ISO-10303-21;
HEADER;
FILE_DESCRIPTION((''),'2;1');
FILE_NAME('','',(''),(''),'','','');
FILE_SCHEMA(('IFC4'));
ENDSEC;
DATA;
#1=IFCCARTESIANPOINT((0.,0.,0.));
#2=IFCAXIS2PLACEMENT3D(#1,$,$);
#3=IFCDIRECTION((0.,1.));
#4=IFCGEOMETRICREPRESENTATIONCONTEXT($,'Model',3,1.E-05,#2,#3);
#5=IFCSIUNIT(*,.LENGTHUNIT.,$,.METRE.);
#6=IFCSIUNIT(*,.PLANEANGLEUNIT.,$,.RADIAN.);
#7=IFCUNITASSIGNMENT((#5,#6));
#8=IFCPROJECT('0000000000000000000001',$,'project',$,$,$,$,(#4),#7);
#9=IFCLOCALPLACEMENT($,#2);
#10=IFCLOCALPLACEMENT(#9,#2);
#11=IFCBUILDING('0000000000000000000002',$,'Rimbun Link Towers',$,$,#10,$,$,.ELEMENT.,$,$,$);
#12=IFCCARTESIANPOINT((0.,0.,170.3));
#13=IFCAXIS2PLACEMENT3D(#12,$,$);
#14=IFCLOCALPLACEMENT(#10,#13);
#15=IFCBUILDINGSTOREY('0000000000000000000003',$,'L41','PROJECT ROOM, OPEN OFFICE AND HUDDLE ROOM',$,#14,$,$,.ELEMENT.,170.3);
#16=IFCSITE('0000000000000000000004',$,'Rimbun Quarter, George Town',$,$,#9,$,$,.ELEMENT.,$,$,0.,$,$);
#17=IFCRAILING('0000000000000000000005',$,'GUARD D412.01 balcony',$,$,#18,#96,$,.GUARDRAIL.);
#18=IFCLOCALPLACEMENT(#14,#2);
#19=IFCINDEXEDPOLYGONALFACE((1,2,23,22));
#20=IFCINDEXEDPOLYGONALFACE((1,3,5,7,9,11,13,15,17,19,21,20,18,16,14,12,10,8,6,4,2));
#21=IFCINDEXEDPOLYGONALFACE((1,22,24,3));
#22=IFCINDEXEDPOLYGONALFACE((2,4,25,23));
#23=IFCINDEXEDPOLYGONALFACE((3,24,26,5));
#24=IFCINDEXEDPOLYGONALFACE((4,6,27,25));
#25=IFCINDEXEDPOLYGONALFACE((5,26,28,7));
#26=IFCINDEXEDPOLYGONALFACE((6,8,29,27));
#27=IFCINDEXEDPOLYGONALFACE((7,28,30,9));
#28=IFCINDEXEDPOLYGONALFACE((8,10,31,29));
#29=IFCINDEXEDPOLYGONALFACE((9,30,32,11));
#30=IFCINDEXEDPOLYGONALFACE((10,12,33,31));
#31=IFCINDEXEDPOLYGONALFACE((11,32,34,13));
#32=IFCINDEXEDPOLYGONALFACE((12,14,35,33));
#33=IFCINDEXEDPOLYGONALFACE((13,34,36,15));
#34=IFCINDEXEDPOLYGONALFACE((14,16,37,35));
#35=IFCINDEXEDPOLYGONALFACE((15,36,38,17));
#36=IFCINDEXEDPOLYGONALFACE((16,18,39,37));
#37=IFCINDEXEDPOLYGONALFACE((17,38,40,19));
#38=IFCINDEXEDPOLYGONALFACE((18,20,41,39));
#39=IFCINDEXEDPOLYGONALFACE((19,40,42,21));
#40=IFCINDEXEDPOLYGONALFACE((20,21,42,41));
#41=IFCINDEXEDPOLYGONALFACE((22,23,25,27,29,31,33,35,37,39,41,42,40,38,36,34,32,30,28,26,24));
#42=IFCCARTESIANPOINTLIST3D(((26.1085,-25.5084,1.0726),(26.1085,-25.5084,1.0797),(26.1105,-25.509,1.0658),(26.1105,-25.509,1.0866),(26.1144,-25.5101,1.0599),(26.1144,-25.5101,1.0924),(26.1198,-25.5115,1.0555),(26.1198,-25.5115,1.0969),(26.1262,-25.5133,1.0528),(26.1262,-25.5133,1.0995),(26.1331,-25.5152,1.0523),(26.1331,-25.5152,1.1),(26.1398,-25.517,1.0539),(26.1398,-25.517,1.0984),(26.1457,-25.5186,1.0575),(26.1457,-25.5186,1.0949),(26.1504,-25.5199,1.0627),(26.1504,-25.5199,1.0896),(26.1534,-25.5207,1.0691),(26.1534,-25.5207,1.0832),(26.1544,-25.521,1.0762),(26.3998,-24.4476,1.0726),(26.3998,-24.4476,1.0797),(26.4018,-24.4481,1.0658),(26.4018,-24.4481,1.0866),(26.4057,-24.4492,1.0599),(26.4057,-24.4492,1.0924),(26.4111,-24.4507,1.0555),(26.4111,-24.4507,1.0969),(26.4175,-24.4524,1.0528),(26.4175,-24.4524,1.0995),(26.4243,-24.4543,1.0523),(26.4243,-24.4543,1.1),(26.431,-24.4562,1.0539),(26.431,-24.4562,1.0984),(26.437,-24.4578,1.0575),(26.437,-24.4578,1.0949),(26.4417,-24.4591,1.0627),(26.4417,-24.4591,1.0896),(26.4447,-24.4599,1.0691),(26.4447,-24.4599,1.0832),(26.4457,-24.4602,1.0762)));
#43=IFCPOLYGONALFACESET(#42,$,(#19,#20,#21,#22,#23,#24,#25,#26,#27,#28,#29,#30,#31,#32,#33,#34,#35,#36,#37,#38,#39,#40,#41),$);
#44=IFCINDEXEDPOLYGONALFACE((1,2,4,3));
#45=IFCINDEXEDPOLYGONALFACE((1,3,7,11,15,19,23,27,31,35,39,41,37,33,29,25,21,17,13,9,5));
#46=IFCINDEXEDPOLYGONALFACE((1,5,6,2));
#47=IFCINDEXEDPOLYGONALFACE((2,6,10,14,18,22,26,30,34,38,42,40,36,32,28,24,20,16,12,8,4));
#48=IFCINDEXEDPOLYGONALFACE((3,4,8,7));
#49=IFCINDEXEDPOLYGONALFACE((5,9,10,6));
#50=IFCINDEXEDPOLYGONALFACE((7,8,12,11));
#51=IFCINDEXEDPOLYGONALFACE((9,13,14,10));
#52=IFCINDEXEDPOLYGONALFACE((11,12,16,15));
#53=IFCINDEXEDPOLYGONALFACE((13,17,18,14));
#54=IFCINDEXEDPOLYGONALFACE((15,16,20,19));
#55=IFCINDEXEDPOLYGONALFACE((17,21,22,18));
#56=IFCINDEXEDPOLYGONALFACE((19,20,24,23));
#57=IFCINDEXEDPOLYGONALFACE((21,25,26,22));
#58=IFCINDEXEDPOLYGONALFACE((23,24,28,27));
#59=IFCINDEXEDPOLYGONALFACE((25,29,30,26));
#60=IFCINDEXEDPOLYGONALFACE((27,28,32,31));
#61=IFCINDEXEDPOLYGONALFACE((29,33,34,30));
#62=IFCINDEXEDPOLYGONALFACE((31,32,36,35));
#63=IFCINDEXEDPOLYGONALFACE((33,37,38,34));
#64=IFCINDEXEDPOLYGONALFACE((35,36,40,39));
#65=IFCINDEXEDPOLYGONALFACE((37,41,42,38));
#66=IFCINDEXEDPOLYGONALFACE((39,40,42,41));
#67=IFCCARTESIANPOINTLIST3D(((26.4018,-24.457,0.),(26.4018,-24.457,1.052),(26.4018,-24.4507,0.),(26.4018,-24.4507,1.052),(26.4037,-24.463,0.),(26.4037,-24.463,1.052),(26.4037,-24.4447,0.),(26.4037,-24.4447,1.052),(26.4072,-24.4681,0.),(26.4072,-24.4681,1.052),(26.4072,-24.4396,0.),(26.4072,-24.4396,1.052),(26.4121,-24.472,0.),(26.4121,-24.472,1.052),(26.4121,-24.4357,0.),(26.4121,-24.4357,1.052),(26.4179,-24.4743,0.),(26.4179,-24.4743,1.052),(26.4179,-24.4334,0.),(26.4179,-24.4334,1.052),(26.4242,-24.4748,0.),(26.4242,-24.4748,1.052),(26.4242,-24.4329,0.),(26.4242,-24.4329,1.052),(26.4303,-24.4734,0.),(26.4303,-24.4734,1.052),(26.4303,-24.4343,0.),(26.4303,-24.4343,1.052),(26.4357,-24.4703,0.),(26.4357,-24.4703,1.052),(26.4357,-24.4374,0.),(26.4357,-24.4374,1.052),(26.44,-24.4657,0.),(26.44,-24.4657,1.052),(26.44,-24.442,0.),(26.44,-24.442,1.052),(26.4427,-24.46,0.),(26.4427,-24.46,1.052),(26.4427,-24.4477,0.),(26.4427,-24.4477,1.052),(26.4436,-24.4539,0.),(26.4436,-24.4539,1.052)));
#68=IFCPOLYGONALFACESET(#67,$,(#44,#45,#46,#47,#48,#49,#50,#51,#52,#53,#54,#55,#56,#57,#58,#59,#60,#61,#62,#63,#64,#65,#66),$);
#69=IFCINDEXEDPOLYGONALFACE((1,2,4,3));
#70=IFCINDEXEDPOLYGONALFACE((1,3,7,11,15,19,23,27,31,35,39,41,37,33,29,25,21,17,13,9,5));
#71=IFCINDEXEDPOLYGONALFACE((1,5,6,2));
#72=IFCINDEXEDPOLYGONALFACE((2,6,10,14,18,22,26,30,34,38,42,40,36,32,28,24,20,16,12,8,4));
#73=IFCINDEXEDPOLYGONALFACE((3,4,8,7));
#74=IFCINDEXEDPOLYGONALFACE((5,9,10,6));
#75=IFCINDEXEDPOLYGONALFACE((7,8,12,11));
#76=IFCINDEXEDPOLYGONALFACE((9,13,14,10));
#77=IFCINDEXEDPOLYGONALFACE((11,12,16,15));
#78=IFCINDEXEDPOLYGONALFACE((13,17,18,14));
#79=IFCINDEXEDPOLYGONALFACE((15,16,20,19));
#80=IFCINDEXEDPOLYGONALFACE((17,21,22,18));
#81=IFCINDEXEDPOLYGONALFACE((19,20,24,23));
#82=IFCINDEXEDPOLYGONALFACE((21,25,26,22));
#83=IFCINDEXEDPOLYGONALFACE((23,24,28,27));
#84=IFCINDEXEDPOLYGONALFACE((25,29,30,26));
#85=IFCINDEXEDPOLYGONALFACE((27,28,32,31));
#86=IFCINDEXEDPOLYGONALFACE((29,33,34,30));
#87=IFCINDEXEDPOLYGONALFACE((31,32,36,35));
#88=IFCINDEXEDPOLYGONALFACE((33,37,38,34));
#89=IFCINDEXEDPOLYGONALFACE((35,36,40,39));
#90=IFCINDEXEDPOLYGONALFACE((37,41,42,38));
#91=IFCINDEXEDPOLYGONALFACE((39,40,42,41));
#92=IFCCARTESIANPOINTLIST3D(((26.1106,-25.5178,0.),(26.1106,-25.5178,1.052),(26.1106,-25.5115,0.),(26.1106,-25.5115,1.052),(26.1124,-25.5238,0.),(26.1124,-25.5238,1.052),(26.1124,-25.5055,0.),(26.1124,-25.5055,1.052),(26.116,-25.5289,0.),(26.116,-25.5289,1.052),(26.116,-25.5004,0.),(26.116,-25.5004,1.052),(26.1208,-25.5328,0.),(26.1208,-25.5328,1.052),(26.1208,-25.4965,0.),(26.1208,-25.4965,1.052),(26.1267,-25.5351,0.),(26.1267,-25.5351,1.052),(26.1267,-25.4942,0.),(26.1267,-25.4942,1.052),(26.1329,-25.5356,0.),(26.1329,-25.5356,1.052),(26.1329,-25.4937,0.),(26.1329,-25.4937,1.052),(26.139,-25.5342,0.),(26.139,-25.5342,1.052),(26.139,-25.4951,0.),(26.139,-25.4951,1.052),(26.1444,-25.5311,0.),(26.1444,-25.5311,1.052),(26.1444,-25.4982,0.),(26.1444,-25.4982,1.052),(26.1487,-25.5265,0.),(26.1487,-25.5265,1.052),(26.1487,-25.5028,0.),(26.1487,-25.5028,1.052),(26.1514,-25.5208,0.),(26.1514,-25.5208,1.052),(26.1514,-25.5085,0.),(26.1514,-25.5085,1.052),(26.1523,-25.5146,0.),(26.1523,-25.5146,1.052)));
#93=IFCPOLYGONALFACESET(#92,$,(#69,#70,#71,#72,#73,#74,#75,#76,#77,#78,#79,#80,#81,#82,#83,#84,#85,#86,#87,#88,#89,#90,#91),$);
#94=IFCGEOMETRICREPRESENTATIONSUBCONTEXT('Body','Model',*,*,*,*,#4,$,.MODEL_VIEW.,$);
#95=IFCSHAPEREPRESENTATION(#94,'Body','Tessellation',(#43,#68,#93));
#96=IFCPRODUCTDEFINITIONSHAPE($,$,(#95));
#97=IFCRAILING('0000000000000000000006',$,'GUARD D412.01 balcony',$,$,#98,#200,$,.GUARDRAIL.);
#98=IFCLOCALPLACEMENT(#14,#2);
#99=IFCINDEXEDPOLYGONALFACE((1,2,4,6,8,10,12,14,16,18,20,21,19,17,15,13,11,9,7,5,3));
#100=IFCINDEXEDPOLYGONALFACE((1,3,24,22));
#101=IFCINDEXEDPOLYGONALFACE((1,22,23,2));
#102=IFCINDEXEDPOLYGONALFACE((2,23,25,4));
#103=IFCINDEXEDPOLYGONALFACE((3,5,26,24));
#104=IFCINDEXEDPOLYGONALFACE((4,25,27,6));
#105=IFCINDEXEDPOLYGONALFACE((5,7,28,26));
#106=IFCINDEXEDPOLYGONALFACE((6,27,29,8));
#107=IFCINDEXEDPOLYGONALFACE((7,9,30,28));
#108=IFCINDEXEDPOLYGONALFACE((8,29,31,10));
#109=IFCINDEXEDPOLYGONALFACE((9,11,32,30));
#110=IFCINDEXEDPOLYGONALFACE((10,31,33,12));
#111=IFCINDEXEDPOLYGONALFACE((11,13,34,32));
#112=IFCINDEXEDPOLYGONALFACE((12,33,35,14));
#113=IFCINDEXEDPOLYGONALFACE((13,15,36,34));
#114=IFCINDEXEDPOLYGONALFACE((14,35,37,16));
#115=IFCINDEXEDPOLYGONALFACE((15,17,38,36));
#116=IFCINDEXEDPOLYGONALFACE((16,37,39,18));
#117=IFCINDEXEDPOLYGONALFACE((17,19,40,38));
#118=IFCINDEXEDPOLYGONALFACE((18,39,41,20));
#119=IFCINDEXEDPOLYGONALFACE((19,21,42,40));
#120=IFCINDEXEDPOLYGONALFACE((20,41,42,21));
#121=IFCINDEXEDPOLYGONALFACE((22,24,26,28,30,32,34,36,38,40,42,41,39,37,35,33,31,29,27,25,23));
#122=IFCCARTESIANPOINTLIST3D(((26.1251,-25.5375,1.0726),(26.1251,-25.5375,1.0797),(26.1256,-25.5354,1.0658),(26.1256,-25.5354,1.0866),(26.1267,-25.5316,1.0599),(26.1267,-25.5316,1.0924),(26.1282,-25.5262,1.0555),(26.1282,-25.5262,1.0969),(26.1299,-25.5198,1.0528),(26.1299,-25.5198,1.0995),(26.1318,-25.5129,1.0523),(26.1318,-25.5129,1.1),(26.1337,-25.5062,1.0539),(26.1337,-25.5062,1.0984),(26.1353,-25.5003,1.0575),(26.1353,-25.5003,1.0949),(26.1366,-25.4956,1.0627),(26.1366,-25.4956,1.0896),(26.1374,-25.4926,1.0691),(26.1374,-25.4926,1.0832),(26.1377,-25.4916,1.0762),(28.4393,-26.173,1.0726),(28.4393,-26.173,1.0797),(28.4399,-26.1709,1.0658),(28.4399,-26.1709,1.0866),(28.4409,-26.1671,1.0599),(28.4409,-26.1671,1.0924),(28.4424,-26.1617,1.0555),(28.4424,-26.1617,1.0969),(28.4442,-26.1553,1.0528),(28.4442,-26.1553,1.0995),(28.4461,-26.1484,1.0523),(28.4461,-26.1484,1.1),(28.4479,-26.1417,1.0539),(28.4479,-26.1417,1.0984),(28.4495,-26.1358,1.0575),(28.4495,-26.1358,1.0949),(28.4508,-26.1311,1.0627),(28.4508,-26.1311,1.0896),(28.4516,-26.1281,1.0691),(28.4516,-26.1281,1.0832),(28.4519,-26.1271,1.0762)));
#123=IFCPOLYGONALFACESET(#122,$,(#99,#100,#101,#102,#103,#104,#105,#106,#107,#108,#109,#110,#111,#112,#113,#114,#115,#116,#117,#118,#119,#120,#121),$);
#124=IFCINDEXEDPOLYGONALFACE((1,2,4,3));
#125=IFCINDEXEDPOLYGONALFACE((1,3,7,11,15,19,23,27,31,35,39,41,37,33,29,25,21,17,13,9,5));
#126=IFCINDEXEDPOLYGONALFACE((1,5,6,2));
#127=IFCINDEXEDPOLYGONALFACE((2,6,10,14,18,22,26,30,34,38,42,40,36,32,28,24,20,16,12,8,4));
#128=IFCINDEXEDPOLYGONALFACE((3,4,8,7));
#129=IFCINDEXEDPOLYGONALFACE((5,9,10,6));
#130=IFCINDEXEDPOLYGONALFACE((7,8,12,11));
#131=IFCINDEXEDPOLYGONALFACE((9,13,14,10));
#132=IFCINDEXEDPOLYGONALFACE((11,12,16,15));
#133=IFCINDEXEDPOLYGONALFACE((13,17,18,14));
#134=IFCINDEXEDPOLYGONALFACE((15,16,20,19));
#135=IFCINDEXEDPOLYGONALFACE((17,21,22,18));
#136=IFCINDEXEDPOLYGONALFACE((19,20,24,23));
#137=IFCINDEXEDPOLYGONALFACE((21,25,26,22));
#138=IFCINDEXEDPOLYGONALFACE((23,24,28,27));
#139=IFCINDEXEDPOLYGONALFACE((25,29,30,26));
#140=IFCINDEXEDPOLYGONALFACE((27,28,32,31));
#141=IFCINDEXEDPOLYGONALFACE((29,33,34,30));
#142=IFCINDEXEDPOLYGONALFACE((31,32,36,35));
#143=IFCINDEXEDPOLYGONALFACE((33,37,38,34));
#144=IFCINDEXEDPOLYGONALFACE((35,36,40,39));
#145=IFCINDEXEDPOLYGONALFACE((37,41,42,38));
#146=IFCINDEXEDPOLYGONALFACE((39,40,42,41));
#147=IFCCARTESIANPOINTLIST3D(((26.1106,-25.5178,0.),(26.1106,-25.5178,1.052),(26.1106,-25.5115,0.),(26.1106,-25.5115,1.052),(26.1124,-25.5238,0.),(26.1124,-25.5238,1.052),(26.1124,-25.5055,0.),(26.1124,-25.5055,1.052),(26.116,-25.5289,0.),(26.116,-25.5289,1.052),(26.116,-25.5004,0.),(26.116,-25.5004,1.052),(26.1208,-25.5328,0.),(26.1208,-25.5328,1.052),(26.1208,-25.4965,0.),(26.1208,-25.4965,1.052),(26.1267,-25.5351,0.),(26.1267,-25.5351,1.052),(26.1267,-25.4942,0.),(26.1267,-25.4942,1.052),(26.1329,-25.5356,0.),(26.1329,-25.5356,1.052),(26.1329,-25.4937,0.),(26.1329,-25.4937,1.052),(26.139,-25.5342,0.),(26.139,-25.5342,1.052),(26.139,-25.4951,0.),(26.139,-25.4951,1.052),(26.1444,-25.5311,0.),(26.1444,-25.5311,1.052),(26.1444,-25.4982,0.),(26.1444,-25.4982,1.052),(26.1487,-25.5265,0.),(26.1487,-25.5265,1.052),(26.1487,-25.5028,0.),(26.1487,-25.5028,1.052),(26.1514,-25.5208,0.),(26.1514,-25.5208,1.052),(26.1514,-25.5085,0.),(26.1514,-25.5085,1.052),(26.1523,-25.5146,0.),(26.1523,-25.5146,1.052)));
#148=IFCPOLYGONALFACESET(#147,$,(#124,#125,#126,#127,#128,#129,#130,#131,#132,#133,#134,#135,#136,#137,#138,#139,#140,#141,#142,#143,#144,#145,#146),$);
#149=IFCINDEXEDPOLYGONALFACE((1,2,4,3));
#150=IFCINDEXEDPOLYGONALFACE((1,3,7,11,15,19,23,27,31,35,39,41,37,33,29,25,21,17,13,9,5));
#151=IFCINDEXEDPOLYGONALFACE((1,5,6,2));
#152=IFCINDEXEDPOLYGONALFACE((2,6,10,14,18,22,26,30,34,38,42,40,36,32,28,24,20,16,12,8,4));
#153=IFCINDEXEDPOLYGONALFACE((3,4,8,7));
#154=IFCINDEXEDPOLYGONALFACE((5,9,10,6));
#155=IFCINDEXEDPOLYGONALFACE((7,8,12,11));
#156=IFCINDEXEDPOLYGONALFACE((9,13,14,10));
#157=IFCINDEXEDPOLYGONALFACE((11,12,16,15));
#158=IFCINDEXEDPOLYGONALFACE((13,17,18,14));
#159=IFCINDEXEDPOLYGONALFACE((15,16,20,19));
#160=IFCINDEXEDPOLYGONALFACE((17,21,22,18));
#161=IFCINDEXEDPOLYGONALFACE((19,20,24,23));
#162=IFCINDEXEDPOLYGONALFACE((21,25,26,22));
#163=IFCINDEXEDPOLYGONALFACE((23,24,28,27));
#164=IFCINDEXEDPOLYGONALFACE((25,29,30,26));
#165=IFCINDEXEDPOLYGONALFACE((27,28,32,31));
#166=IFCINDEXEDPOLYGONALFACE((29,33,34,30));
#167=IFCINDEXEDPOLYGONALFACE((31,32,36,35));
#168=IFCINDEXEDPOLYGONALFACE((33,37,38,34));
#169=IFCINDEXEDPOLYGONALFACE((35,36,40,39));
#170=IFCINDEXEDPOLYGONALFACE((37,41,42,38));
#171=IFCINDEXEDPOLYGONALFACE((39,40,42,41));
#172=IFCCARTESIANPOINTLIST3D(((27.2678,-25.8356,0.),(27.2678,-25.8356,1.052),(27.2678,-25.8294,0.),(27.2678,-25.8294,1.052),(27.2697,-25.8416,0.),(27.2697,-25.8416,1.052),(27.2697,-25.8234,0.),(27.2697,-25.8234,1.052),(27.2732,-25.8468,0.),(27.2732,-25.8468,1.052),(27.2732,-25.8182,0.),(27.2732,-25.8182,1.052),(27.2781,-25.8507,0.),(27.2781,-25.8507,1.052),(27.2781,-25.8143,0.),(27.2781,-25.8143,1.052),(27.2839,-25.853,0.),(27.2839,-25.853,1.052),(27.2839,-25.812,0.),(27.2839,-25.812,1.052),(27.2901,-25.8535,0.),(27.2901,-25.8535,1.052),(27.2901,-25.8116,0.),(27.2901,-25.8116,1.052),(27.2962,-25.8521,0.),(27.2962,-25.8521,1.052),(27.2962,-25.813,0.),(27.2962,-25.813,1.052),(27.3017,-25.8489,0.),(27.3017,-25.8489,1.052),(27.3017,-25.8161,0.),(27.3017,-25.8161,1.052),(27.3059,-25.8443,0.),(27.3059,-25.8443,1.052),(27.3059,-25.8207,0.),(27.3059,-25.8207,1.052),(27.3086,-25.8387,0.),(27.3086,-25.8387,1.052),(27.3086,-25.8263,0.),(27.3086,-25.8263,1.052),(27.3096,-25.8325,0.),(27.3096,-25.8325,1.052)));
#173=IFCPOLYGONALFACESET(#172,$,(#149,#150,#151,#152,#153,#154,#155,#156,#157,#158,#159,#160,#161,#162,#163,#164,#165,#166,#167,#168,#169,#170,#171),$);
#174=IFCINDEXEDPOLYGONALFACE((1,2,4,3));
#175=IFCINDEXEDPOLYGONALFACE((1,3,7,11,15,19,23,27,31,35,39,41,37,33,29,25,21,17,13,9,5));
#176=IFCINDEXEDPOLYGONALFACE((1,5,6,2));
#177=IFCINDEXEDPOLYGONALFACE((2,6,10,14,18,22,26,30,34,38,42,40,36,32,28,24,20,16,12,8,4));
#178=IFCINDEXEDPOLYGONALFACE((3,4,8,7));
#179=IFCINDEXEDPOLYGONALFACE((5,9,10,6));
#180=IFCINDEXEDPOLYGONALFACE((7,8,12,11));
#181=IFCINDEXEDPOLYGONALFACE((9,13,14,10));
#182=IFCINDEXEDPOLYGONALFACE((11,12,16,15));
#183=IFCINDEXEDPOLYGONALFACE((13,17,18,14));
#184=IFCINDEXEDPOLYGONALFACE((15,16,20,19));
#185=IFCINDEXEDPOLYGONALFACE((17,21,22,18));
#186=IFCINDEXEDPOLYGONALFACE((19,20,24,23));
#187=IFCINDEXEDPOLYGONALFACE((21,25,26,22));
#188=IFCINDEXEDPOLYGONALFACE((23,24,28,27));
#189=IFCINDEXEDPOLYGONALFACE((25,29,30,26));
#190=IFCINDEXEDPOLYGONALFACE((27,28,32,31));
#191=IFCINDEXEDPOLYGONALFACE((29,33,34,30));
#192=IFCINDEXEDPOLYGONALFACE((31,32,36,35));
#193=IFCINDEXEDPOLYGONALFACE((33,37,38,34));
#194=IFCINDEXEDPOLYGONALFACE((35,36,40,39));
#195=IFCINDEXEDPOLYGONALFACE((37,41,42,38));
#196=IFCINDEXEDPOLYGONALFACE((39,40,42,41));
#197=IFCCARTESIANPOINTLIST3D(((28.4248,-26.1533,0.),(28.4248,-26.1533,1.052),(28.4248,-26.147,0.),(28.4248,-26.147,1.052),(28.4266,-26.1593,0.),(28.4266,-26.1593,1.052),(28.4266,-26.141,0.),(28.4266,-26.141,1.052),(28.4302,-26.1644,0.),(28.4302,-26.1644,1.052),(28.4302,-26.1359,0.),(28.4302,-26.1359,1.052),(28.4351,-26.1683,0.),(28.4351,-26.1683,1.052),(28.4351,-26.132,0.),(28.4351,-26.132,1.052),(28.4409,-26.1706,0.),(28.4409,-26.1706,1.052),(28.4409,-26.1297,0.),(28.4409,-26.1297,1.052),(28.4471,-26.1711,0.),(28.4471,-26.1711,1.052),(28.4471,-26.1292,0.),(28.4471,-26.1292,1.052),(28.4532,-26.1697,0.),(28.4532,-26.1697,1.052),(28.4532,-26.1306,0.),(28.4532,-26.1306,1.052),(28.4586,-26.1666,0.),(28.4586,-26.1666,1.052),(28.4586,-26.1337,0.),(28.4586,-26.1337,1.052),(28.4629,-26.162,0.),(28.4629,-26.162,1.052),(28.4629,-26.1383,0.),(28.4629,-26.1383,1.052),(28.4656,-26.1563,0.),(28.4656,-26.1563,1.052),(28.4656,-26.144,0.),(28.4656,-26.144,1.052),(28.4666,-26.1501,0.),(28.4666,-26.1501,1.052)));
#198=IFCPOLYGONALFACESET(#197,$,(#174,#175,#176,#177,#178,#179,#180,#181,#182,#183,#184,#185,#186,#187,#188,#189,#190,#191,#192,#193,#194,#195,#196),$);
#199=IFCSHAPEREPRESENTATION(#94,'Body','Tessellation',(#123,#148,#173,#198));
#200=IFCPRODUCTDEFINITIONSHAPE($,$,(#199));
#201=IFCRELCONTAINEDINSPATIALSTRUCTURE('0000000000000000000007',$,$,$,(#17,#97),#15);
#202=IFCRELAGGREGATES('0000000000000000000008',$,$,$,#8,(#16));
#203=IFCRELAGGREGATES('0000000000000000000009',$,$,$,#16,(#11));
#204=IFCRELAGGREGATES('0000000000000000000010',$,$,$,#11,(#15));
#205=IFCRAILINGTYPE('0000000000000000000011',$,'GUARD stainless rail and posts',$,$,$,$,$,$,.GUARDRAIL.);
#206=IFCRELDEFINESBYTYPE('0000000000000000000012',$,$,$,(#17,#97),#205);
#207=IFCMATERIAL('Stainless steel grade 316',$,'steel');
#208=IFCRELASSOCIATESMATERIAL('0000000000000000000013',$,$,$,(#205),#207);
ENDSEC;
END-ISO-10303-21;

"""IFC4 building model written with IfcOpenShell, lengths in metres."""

from ifc_helpers import new_model, si_unit, direction, frame, origin, origin_2d, place, context, subcontext, project, spatial, circle, extrude, material, type_object, element, save


model = new_model("IFC4")

# Units and contexts
model_context = context("Model", 3, precision=1e-05, world=origin(), true_north=direction((0.0, 1.0)))
body_context = subcontext(model_context, "Body", "Model", "MODEL_VIEW")
ifc_project = project(units=[si_unit("LENGTHUNIT", "METRE"), si_unit("PLANEANGLEUNIT", "RADIAN")], contexts=[model_context])

# Site, building, storey
site_placement = place(None, origin())
site = spatial("IfcSite", under=ifc_project, at=site_placement, Name="Rimbun Quarter, George Town", CompositionType="ELEMENT", RefElevation=0.0)
building_placement = place(site_placement, origin())
building = spatial("IfcBuilding", under=site, at=building_placement, Name="Rimbun Link Towers", CompositionType="ELEMENT")
storey_placement = place(building_placement, frame((0.0, 0.0, 170.3)))
storey = spatial("IfcBuildingStorey", under=building, at=storey_placement, Name="L41", Description="PROJECT ROOM, OPEN OFFICE AND HUDDLE ROOM", CompositionType="ELEMENT", Elevation=170.3)

# Railings
ifc_material_1 = material(Name="Stainless steel grade 316", Category="steel")
railing_type = type_object("IfcRailingType", Name="GUARD stainless rail and posts", PredefinedType="GUARDRAIL", material=ifc_material_1)
railing_1_placement = place(storey_placement, frame((26.4226, -24.4539, 0.0)))
element("IfcRailing", 1, at=railing_1_placement, inside=storey, type_object=railing_type, Name="GUARD D412.01 balcony", PredefinedType="GUARDRAIL", context=body_context, shape_type="SweptSolid", body=[
    extrude(circle(Radius=0.0239, at=origin_2d()), frame((0.0, 0.0, 1.0762), z_axis=(-0.26477, -0.964312, 0.0), x_axis=(0.964312, -0.26477, 0.0)), (0.0, 0.0, 1.0), 1.1001),
    extrude(circle(Radius=0.021, at=origin_2d()), origin(), (0.0, 0.0, 1.0), 1.052),
    extrude(circle(Radius=0.021, at=origin_2d()), frame((-0.2913, -1.0608, 0.0)), (0.0, 0.0, 1.0), 1.052),
])
railing_2_placement = place(storey_placement, frame((26.1313, -25.5146, 0.0)))
element("IfcRailing", 2, at=railing_2_placement, inside=storey, type_object=railing_type, Name="GUARD D412.01 balcony", PredefinedType="GUARDRAIL", context=body_context, shape_type="SweptSolid", body=[
    extrude(circle(Radius=0.0239, at=origin_2d()), frame((0.0, 0.0, 1.0762), z_axis=(0.964302, -0.264804, 0.0), x_axis=(0.264804, 0.964302, 0.0)), (0.0, 0.0, 1.0), 2.3999),
    extrude(circle(Radius=0.021, at=origin_2d()), origin(), (0.0, 0.0, 1.0), 1.052),
    extrude(circle(Radius=0.021, at=origin_2d()), frame((1.1572, -0.3179, 0.0)), (0.0, 0.0, 1.0), 1.052),
    extrude(circle(Radius=0.021, at=origin_2d()), frame((2.3142, -0.6355, 0.0)), (0.0, 0.0, 1.0), 1.052),
])

save(model, "model.ifc")
